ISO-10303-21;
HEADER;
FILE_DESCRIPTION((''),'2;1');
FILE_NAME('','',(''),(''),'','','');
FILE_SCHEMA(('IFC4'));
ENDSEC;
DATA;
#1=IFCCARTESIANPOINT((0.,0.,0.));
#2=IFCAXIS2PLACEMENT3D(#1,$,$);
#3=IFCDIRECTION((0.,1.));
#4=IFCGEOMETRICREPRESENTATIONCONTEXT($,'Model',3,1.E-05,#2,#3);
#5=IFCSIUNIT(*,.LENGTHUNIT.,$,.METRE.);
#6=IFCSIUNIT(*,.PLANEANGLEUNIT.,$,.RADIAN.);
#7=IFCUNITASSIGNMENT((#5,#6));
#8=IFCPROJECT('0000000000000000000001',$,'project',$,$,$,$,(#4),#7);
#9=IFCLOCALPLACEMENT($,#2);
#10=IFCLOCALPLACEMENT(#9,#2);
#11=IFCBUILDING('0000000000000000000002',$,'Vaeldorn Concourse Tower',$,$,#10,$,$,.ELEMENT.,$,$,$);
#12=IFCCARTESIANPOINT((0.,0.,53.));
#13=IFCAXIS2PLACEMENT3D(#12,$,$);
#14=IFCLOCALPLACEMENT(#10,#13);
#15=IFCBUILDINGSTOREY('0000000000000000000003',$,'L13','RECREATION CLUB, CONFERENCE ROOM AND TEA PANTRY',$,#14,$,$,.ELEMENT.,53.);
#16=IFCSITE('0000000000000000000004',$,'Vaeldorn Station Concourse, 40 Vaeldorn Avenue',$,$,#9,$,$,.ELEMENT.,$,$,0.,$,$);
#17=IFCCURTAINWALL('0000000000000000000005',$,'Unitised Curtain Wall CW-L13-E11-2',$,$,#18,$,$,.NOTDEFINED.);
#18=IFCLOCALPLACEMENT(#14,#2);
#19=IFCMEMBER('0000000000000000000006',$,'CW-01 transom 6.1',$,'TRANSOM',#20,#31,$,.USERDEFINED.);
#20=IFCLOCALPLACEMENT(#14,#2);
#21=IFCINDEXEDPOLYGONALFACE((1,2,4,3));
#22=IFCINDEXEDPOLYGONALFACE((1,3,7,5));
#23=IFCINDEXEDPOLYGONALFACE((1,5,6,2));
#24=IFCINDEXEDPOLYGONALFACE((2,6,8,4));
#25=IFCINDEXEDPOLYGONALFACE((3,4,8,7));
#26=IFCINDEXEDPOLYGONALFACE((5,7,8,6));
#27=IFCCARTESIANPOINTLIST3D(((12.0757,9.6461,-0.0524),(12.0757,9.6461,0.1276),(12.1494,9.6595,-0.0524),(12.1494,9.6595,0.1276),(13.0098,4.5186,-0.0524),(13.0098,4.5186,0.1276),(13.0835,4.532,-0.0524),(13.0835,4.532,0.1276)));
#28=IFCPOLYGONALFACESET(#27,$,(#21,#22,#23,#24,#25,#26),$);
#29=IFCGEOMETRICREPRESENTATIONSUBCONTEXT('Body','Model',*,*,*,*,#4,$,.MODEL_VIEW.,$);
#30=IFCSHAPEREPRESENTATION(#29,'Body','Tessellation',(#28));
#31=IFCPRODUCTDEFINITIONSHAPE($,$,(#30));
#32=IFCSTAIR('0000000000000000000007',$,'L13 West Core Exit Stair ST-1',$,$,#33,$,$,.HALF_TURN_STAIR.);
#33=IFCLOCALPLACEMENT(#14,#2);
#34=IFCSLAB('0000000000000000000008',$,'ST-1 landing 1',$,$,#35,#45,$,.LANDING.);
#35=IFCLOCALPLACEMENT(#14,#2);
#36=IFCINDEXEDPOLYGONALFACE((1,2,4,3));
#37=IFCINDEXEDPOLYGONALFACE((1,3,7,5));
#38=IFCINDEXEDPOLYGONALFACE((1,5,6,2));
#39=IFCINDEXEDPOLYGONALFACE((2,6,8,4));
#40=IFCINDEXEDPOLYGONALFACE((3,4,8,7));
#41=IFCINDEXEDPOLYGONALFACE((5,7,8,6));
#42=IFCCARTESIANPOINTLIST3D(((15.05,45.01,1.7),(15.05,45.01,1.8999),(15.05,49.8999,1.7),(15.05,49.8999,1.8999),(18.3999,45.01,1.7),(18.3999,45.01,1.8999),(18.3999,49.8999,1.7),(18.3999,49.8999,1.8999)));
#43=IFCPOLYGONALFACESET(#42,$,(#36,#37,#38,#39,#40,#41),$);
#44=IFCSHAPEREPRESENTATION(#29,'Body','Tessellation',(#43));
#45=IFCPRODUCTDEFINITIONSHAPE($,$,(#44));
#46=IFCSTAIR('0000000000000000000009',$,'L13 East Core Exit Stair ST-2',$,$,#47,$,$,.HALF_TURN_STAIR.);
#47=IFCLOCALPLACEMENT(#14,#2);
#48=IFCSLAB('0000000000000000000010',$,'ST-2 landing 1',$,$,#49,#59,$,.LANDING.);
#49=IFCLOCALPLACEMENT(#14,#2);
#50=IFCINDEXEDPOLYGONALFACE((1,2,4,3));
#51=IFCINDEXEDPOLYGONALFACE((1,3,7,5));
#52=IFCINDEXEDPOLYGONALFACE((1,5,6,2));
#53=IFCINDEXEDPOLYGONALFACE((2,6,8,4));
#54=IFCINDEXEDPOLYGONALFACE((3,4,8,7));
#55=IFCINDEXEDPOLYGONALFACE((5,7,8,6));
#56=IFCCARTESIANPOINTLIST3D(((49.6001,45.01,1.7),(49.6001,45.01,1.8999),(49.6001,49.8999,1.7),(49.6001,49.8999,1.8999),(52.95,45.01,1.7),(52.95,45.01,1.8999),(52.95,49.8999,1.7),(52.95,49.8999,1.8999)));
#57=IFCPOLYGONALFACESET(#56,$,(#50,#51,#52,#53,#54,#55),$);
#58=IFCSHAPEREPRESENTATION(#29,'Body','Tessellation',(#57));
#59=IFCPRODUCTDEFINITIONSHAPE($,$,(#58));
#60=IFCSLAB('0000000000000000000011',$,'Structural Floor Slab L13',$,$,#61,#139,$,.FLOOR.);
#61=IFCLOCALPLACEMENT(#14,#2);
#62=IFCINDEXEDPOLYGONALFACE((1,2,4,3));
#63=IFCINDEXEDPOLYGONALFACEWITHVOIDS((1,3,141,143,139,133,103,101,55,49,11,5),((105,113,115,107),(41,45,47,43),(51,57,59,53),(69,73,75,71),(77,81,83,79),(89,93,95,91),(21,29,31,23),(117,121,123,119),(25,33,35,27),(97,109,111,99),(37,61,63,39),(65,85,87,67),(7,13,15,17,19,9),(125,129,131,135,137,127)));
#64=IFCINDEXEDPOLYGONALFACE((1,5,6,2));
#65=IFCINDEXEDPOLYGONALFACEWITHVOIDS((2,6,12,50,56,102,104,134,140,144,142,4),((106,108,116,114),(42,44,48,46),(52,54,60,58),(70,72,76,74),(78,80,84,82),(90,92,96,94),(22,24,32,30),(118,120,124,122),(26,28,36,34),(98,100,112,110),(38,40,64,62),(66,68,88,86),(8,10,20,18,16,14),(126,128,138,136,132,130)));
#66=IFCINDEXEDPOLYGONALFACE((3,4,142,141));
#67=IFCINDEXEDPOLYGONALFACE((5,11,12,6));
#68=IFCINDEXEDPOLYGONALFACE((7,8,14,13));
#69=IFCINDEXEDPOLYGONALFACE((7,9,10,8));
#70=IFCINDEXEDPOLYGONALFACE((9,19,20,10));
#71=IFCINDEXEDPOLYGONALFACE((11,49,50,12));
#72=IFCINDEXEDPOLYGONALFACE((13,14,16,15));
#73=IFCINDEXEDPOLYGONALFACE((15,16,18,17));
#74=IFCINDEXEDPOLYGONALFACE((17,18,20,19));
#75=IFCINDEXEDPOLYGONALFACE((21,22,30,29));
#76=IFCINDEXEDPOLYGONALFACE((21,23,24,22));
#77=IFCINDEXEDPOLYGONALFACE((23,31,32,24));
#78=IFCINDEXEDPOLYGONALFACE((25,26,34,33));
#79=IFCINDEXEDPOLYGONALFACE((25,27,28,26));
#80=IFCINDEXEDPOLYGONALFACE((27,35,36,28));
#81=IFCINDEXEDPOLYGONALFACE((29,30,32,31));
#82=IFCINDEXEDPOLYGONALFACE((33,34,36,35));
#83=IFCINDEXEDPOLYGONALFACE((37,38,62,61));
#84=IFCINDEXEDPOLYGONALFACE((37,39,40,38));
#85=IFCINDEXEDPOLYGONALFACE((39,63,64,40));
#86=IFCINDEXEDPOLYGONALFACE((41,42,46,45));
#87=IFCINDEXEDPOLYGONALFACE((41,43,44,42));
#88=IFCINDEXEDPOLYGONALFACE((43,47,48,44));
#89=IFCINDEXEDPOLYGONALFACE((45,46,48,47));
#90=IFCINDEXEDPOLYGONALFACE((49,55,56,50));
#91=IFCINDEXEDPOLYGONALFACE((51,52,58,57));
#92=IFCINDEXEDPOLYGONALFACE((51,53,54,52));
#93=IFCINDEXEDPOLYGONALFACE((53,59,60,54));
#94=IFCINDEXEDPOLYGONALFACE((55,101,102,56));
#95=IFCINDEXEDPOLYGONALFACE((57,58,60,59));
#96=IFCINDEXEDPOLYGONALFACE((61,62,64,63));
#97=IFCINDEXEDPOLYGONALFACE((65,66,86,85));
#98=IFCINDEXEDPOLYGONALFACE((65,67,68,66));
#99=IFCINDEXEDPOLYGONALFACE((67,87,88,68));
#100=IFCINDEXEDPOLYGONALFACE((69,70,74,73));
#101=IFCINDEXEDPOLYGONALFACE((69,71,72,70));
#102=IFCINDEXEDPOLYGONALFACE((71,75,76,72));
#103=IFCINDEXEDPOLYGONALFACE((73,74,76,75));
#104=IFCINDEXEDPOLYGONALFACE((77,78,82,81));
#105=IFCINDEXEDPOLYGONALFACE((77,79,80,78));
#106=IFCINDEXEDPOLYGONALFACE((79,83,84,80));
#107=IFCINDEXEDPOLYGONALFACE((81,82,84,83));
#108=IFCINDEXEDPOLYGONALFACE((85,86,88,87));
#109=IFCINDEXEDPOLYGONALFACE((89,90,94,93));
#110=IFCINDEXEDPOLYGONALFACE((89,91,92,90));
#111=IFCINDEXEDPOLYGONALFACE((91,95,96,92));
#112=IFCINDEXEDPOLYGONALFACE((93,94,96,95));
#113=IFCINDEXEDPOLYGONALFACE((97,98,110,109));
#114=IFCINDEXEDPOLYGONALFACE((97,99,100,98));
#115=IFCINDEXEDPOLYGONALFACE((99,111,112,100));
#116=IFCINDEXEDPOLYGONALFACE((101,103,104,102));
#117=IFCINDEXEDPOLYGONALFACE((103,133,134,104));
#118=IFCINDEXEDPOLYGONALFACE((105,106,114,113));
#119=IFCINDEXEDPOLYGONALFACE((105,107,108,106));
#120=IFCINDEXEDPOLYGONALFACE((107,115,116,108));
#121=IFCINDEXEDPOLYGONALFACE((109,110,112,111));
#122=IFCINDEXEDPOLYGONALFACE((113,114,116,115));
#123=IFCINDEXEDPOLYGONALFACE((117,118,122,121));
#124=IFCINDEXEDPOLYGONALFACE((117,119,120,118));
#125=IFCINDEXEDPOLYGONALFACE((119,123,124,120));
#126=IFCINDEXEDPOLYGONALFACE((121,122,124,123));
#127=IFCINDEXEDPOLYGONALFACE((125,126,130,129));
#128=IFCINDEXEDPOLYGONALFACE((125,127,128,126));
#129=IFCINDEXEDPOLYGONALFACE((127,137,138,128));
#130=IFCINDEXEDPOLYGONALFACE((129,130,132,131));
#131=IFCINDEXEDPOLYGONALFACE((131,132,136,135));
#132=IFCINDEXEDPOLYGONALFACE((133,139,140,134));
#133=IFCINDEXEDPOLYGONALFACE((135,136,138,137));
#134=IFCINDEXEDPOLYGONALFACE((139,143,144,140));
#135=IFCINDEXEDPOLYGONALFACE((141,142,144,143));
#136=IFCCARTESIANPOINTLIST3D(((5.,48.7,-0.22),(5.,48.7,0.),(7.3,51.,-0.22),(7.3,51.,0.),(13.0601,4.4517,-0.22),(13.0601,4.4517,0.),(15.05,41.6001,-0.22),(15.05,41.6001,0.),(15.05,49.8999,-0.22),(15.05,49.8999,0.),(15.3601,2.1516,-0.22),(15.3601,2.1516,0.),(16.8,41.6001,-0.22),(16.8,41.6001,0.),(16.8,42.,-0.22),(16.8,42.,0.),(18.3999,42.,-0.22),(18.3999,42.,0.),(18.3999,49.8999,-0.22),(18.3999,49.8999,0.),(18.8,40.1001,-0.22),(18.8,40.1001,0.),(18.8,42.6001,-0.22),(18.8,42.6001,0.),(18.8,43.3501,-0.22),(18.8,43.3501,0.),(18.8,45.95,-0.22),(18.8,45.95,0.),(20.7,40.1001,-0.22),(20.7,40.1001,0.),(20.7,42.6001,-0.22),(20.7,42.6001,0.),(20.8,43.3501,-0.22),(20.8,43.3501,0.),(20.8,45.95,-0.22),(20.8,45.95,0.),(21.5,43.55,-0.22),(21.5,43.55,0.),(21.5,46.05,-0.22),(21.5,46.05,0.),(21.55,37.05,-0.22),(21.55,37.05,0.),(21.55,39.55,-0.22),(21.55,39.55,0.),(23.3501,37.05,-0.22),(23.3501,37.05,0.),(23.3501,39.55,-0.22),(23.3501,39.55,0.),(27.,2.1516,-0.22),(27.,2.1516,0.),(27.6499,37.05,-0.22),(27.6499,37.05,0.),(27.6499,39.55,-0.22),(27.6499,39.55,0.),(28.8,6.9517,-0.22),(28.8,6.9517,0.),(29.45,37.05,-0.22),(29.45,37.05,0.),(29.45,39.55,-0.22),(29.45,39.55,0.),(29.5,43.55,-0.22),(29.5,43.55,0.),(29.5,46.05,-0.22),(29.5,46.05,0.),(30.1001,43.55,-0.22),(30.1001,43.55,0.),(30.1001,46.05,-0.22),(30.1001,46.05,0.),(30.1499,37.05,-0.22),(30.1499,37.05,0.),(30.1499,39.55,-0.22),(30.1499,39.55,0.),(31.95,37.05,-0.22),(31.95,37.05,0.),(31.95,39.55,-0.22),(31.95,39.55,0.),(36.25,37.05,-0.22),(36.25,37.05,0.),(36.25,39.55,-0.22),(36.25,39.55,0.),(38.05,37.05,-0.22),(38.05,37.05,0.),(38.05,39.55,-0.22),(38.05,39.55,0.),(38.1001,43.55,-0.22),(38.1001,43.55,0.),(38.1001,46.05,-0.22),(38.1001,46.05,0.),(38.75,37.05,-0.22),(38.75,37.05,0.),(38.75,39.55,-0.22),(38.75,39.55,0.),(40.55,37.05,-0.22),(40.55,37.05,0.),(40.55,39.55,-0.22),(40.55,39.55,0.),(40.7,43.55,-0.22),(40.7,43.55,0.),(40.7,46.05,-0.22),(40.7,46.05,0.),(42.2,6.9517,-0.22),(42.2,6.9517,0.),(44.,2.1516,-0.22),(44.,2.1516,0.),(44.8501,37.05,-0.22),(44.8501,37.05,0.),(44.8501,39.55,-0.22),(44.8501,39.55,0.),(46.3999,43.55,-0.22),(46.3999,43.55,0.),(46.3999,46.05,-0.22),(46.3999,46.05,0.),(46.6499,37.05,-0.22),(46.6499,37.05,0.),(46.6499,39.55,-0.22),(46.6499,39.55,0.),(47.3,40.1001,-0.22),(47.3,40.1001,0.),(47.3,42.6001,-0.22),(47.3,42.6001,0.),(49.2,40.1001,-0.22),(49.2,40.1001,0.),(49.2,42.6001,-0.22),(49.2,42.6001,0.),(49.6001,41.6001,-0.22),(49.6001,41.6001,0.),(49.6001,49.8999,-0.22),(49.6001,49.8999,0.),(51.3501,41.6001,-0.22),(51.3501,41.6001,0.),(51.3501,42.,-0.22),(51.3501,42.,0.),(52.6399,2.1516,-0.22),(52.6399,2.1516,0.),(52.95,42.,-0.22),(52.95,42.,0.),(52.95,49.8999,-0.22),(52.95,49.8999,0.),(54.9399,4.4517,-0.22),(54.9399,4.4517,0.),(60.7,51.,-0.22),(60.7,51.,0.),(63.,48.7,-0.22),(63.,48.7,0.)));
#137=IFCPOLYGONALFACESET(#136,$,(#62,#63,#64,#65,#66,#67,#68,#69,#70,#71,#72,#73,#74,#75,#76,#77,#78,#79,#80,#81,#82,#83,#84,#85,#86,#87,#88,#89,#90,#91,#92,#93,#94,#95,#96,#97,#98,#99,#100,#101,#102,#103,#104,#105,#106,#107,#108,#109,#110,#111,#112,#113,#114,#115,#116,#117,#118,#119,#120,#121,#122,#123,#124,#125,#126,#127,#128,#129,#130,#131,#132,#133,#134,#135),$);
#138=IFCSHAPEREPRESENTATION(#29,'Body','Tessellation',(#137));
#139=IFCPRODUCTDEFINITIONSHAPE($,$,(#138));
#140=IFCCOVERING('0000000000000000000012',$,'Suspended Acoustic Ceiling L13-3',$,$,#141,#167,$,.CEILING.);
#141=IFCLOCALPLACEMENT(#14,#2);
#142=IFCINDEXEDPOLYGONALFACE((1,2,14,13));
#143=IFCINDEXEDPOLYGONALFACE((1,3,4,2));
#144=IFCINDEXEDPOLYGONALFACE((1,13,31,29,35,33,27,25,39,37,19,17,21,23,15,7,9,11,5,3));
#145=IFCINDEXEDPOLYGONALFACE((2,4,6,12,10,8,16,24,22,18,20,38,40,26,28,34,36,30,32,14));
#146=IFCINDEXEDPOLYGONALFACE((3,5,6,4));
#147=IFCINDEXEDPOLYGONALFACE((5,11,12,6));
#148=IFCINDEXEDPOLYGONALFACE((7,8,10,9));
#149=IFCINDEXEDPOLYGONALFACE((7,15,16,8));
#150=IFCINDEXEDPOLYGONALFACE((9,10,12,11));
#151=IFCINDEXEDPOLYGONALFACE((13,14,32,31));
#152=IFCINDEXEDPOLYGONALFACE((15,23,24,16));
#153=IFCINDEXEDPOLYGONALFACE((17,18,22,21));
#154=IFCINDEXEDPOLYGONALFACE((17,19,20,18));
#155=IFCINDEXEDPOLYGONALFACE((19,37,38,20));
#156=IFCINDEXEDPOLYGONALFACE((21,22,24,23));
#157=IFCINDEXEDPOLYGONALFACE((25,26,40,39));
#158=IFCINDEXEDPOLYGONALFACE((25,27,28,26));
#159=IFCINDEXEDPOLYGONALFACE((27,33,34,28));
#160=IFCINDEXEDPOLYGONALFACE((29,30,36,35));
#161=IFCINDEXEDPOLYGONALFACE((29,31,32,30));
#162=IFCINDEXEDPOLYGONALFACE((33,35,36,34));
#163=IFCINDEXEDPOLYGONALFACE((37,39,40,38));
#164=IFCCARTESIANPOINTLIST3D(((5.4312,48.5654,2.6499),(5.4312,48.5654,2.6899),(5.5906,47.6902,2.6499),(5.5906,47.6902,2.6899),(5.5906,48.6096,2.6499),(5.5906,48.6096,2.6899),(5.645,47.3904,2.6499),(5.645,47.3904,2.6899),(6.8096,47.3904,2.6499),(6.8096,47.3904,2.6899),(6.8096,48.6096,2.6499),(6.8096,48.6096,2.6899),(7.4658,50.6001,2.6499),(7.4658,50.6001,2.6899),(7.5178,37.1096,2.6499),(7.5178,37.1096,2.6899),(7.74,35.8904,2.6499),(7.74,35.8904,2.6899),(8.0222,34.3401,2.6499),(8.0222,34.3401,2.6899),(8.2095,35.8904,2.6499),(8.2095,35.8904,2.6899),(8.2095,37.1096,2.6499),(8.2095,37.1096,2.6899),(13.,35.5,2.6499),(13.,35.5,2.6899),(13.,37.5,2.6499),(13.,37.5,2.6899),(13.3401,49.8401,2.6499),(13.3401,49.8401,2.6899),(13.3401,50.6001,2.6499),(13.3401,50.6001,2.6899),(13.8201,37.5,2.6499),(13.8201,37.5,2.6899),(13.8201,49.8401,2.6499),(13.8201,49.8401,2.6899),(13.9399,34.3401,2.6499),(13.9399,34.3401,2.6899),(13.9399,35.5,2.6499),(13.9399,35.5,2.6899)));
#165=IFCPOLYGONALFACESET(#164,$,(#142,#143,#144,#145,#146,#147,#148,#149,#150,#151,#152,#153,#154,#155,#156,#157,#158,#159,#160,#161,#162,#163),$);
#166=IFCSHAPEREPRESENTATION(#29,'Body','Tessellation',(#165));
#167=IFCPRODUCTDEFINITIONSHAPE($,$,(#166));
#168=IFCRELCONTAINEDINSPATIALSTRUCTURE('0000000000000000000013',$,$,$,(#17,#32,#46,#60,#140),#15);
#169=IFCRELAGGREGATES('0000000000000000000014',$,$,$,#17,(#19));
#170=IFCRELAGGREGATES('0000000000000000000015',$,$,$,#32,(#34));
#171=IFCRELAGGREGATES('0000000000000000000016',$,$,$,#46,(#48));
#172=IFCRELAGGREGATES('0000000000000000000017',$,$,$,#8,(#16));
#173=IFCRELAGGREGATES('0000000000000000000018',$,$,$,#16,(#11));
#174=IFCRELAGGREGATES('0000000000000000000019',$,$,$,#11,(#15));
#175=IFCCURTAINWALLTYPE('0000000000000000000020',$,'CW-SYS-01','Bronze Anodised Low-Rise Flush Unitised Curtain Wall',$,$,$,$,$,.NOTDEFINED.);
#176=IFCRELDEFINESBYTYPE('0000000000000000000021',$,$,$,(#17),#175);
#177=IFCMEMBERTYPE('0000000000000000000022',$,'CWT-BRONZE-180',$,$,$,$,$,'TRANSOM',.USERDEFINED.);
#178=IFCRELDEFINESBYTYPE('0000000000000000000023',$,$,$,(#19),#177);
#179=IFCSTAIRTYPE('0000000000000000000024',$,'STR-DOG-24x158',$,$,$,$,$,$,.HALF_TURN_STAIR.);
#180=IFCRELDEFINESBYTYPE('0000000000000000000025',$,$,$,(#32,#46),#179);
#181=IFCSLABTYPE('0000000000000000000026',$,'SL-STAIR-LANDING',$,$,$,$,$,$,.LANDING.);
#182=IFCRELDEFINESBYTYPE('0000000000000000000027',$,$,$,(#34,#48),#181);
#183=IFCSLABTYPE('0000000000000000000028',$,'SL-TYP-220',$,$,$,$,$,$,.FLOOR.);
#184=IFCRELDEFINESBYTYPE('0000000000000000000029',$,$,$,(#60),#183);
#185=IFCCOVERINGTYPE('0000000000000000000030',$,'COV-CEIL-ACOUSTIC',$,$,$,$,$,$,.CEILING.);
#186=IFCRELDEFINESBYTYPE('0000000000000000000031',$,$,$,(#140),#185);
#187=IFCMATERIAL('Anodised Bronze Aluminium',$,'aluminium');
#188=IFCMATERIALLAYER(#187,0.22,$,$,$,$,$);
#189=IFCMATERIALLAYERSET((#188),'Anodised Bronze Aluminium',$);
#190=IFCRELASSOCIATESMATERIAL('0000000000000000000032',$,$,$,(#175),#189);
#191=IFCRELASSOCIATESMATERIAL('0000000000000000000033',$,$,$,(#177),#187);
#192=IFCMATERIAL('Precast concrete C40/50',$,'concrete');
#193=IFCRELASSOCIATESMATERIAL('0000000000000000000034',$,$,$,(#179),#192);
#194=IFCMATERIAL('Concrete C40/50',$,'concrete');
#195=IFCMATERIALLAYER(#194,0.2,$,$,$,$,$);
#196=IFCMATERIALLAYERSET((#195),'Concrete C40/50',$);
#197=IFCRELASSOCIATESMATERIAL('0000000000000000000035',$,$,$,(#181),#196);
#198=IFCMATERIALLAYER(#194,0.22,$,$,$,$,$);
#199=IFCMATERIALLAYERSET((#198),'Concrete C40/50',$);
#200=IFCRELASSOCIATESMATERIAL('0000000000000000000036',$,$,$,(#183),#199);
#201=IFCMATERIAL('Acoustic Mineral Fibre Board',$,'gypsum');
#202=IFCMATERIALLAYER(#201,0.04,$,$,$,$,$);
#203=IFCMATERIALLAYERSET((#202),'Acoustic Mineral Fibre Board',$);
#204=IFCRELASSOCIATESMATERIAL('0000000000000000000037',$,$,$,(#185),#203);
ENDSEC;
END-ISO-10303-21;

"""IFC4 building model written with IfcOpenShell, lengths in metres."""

from ifc_helpers import new_model, si_unit, direction, frame, origin, origin_2d, place, context, subcontext, project, spatial, polyline, rectangle, outline, extrude, source, transform, mapped, material, layer, layer_set, material_profile, profile_set, type_object, element, aggregate, save


model = new_model("IFC4")

# Units and contexts
model_context = context("Model", 3, precision=1e-05, world=origin(), true_north=direction((0.0, 1.0)))
body_context = subcontext(model_context, "Body", "Model", "MODEL_VIEW")
ifc_project = project(units=[si_unit("LENGTHUNIT", "METRE"), si_unit("PLANEANGLEUNIT", "RADIAN")], contexts=[model_context])

# Site, building, storey
site_placement = place(None, origin())
site = spatial("IfcSite", under=ifc_project, at=site_placement, Name="Vaeldorn Station Concourse, 40 Vaeldorn Avenue", CompositionType="ELEMENT", RefElevation=0.0)
building_placement = place(site_placement, origin())
building = spatial("IfcBuilding", under=site, at=building_placement, Name="Vaeldorn Concourse Tower", CompositionType="ELEMENT")
storey_placement = place(building_placement, frame((0.0, 0.0, 53.0)))
storey = spatial("IfcBuildingStorey", under=building, at=storey_placement, Name="L13", Description="RECREATION CLUB, CONFERENCE ROOM AND TEA PANTRY", CompositionType="ELEMENT", Elevation=53.0)

# Curtain wall, member
ifc_material_1 = material(Name="Anodised Bronze Aluminium", Category="aluminium")
ifc_layer_1 = layer(ifc_material_1, 0.22)
ifc_layer_set_1 = layer_set([ifc_layer_1], Name="Anodised Bronze Aluminium")
curtain_wall_type = type_object("IfcCurtainWallType", Name="CW-SYS-01", Description="Bronze Anodised Low-Rise Flush Unitised Curtain Wall", PredefinedType="NOTDEFINED", material=ifc_layer_set_1)
curtain_wall_placement = place(storey_placement, origin())
curtain_wall = element("IfcCurtainWall", 1, at=curtain_wall_placement, inside=storey, type_object=curtain_wall_type, Name="Unitised Curtain Wall CW-L13-E11-2", PredefinedType="NOTDEFINED")
ifc_material_profile = material_profile(ifc_material_1, rectangle(XDim=0.075, YDim=0.1799, at=origin_2d()), Name="CWT 75x180")
ifc_profile_set = profile_set([ifc_material_profile], Name="Anodised Bronze Aluminium")
member_type = type_object("IfcMemberType", Name="CWT-BRONZE-180", ElementType="TRANSOM", PredefinedType="USERDEFINED", material=ifc_profile_set)
shared_shape = source(origin(), body_context, "Body", "SweptSolid", [
    extrude(rectangle(XDim=0.075, YDim=0.1799, at=origin_2d()), origin(), (0.0, 0.0, 1.0), 5.2119),
])
member_placement = place(storey_placement, frame((12.1125, 9.6528, 0.0376), z_axis=(0.179223, -0.983808, 0.0), x_axis=(0.983808, 0.179223, 0.0)))
member = element("IfcMember", 2, at=member_placement, type_object=member_type, Name="CW-01 transom 6.1", ObjectType="TRANSOM", PredefinedType="USERDEFINED", context=body_context, shape_type="MappedRepresentation", body=[
    mapped(shared_shape, transform((0.0, 0.0, 0.0), scale=1.0)),
])
aggregate(curtain_wall, [member])

# Stairs, slabs
ifc_material_2 = material(Name="Precast concrete C40/50", Category="concrete")
stair_type = type_object("IfcStairType", Name="STR-DOG-24x158", PredefinedType="HALF_TURN_STAIR", material=ifc_material_2)
stair_1_placement = place(storey_placement, origin())
stair_1 = element("IfcStair", 3, at=stair_1_placement, inside=storey, type_object=stair_type, Name="L13 West Core Exit Stair ST-1", PredefinedType="HALF_TURN_STAIR")
ifc_material_3 = material(Name="Concrete C40/50", Category="concrete")
ifc_layer_2 = layer(ifc_material_3, 0.2)
ifc_layer_set_2 = layer_set([ifc_layer_2], Name="Concrete C40/50")
slab_type_1 = type_object("IfcSlabType", Name="SL-STAIR-LANDING", PredefinedType="LANDING", material=ifc_layer_set_2)
slab_1_placement = place(storey_placement, frame((0.0, 0.0, 1.7)))
slab_1 = element("IfcSlab", 4, at=slab_1_placement, type_object=slab_type_1, Name="ST-1 landing 1", PredefinedType="LANDING", context=body_context, shape_type="SweptSolid", body=[
    extrude(outline(polyline([(18.3999, 45.01), (18.3999, 49.8999), (15.05, 49.8999), (15.05, 45.01), (18.3999, 45.01)])), origin(), (0.0, 0.0, 1.0), 0.2),
])
aggregate(stair_1, [slab_1])
stair_2_placement = place(storey_placement, origin())
stair_2 = element("IfcStair", 5, at=stair_2_placement, inside=storey, type_object=stair_type, Name="L13 East Core Exit Stair ST-2", PredefinedType="HALF_TURN_STAIR")
slab_2_placement = place(storey_placement, frame((0.0, 0.0, 1.7)))
slab_2 = element("IfcSlab", 6, at=slab_2_placement, type_object=slab_type_1, Name="ST-2 landing 1", PredefinedType="LANDING", context=body_context, shape_type="SweptSolid", body=[
    extrude(outline(polyline([(52.95, 45.01), (52.95, 49.8999), (49.6001, 49.8999), (49.6001, 45.01), (52.95, 45.01)])), origin(), (0.0, 0.0, 1.0), 0.2),
])
aggregate(stair_2, [slab_2])

# Slab
ifc_layer_3 = layer(ifc_material_3, 0.22)
ifc_layer_set_3 = layer_set([ifc_layer_3], Name="Concrete C40/50")
slab_type_2 = type_object("IfcSlabType", Name="SL-TYP-220", PredefinedType="FLOOR", material=ifc_layer_set_3)
slab_3_placement = place(storey_placement, frame((0.0, 0.0, -0.22)))
element("IfcSlab", 7, at=slab_3_placement, inside=storey, type_object=slab_type_2, Name="Structural Floor Slab L13", PredefinedType="FLOOR", context=body_context, shape_type="SweptSolid", body=[
    extrude(outline(polyline([(15.3601, 2.1516), (27.0, 2.1516), (28.8, 6.9517), (42.2, 6.9517), (44.0, 2.1516), (52.6399, 2.1516), (54.9399, 4.4517), (63.0, 48.7), (60.7, 51.0), (7.3, 51.0), (5.0, 48.7), (13.0601, 4.4517), (15.3601, 2.1516)]), holes=[polyline([(18.3999, 42.0), (18.3999, 49.8999), (15.05, 49.8999), (15.05, 41.6001), (16.8, 41.6001), (16.8, 42.0), (18.3999, 42.0)]), polyline([(52.95, 42.0), (52.95, 49.8999), (49.6001, 49.8999), (49.6001, 41.6001), (51.3501, 41.6001), (51.3501, 42.0), (52.95, 42.0)]), polyline([(21.55, 37.05), (23.3501, 37.05), (23.3501, 39.55), (21.55, 39.55), (21.55, 37.05)]), polyline([(27.6499, 37.05), (29.45, 37.05), (29.45, 39.55), (27.6499, 39.55), (27.6499, 37.05)]), polyline([(21.5, 43.55), (29.5, 43.55), (29.5, 46.05), (21.5, 46.05), (21.5, 43.55)]), polyline([(30.1499, 37.05), (31.95, 37.05), (31.95, 39.55), (30.1499, 39.55), (30.1499, 37.05)]), polyline([(36.25, 37.05), (38.05, 37.05), (38.05, 39.55), (36.25, 39.55), (36.25, 37.05)]), polyline([(30.1001, 43.55), (38.1001, 43.55), (38.1001, 46.05), (30.1001, 46.05), (30.1001, 43.55)]), polyline([(38.75, 37.05), (40.55, 37.05), (40.55, 39.55), (38.75, 39.55), (38.75, 37.05)]), polyline([(44.8501, 37.05), (46.6499, 37.05), (46.6499, 39.55), (44.8501, 39.55), (44.8501, 37.05)]), polyline([(40.7, 43.55), (46.3999, 43.55), (46.3999, 46.05), (40.7, 46.05), (40.7, 43.55)]), polyline([(18.8, 43.3501), (20.8, 43.3501), (20.8, 45.95), (18.8, 45.95), (18.8, 43.3501)]), polyline([(18.8, 40.1001), (20.7, 40.1001), (20.7, 42.6001), (18.8, 42.6001), (18.8, 40.1001)]), polyline([(47.3, 40.1001), (49.2, 40.1001), (49.2, 42.6001), (47.3, 42.6001), (47.3, 40.1001)])]), origin(), (0.0, 0.0, 1.0), 0.22),
])

# Covering
ifc_material_4 = material(Name="Acoustic Mineral Fibre Board", Category="gypsum")
ifc_layer_4 = layer(ifc_material_4, 0.04)
ifc_layer_set_4 = layer_set([ifc_layer_4], Name="Acoustic Mineral Fibre Board")
covering_type_1 = type_object("IfcCoveringType", Name="COV-CEIL-ACOUSTIC", PredefinedType="CEILING", material=ifc_layer_set_4)
covering_1_placement = place(storey_placement, frame((0.0, 0.0, 2.6499)))
element("IfcCovering", 8, at=covering_1_placement, inside=storey, type_object=covering_type_1, Name="Suspended Acoustic Ceiling L13-3", PredefinedType="CEILING", context=body_context, shape_type="SweptSolid", body=[
    extrude(outline(polyline([(7.4658, 50.6001), (13.3401, 50.6001), (13.3401, 49.8401), (13.8201, 49.8401), (13.8201, 37.5), (13.0, 37.5), (13.0, 35.5), (13.9399, 35.5), (13.9399, 34.3401), (8.0222, 34.3401), (7.74, 35.8904), (8.2095, 35.8904), (8.2095, 37.1096), (7.5178, 37.1096), (5.645, 47.3904), (6.8096, 47.3904), (6.8096, 48.6096), (5.5906, 48.6096), (5.5906, 47.6902), (5.4312, 48.5654), (7.4658, 50.6001)])), origin(), (0.0, 0.0, 1.0), 0.04),
])

save(model, "model.ifc")
